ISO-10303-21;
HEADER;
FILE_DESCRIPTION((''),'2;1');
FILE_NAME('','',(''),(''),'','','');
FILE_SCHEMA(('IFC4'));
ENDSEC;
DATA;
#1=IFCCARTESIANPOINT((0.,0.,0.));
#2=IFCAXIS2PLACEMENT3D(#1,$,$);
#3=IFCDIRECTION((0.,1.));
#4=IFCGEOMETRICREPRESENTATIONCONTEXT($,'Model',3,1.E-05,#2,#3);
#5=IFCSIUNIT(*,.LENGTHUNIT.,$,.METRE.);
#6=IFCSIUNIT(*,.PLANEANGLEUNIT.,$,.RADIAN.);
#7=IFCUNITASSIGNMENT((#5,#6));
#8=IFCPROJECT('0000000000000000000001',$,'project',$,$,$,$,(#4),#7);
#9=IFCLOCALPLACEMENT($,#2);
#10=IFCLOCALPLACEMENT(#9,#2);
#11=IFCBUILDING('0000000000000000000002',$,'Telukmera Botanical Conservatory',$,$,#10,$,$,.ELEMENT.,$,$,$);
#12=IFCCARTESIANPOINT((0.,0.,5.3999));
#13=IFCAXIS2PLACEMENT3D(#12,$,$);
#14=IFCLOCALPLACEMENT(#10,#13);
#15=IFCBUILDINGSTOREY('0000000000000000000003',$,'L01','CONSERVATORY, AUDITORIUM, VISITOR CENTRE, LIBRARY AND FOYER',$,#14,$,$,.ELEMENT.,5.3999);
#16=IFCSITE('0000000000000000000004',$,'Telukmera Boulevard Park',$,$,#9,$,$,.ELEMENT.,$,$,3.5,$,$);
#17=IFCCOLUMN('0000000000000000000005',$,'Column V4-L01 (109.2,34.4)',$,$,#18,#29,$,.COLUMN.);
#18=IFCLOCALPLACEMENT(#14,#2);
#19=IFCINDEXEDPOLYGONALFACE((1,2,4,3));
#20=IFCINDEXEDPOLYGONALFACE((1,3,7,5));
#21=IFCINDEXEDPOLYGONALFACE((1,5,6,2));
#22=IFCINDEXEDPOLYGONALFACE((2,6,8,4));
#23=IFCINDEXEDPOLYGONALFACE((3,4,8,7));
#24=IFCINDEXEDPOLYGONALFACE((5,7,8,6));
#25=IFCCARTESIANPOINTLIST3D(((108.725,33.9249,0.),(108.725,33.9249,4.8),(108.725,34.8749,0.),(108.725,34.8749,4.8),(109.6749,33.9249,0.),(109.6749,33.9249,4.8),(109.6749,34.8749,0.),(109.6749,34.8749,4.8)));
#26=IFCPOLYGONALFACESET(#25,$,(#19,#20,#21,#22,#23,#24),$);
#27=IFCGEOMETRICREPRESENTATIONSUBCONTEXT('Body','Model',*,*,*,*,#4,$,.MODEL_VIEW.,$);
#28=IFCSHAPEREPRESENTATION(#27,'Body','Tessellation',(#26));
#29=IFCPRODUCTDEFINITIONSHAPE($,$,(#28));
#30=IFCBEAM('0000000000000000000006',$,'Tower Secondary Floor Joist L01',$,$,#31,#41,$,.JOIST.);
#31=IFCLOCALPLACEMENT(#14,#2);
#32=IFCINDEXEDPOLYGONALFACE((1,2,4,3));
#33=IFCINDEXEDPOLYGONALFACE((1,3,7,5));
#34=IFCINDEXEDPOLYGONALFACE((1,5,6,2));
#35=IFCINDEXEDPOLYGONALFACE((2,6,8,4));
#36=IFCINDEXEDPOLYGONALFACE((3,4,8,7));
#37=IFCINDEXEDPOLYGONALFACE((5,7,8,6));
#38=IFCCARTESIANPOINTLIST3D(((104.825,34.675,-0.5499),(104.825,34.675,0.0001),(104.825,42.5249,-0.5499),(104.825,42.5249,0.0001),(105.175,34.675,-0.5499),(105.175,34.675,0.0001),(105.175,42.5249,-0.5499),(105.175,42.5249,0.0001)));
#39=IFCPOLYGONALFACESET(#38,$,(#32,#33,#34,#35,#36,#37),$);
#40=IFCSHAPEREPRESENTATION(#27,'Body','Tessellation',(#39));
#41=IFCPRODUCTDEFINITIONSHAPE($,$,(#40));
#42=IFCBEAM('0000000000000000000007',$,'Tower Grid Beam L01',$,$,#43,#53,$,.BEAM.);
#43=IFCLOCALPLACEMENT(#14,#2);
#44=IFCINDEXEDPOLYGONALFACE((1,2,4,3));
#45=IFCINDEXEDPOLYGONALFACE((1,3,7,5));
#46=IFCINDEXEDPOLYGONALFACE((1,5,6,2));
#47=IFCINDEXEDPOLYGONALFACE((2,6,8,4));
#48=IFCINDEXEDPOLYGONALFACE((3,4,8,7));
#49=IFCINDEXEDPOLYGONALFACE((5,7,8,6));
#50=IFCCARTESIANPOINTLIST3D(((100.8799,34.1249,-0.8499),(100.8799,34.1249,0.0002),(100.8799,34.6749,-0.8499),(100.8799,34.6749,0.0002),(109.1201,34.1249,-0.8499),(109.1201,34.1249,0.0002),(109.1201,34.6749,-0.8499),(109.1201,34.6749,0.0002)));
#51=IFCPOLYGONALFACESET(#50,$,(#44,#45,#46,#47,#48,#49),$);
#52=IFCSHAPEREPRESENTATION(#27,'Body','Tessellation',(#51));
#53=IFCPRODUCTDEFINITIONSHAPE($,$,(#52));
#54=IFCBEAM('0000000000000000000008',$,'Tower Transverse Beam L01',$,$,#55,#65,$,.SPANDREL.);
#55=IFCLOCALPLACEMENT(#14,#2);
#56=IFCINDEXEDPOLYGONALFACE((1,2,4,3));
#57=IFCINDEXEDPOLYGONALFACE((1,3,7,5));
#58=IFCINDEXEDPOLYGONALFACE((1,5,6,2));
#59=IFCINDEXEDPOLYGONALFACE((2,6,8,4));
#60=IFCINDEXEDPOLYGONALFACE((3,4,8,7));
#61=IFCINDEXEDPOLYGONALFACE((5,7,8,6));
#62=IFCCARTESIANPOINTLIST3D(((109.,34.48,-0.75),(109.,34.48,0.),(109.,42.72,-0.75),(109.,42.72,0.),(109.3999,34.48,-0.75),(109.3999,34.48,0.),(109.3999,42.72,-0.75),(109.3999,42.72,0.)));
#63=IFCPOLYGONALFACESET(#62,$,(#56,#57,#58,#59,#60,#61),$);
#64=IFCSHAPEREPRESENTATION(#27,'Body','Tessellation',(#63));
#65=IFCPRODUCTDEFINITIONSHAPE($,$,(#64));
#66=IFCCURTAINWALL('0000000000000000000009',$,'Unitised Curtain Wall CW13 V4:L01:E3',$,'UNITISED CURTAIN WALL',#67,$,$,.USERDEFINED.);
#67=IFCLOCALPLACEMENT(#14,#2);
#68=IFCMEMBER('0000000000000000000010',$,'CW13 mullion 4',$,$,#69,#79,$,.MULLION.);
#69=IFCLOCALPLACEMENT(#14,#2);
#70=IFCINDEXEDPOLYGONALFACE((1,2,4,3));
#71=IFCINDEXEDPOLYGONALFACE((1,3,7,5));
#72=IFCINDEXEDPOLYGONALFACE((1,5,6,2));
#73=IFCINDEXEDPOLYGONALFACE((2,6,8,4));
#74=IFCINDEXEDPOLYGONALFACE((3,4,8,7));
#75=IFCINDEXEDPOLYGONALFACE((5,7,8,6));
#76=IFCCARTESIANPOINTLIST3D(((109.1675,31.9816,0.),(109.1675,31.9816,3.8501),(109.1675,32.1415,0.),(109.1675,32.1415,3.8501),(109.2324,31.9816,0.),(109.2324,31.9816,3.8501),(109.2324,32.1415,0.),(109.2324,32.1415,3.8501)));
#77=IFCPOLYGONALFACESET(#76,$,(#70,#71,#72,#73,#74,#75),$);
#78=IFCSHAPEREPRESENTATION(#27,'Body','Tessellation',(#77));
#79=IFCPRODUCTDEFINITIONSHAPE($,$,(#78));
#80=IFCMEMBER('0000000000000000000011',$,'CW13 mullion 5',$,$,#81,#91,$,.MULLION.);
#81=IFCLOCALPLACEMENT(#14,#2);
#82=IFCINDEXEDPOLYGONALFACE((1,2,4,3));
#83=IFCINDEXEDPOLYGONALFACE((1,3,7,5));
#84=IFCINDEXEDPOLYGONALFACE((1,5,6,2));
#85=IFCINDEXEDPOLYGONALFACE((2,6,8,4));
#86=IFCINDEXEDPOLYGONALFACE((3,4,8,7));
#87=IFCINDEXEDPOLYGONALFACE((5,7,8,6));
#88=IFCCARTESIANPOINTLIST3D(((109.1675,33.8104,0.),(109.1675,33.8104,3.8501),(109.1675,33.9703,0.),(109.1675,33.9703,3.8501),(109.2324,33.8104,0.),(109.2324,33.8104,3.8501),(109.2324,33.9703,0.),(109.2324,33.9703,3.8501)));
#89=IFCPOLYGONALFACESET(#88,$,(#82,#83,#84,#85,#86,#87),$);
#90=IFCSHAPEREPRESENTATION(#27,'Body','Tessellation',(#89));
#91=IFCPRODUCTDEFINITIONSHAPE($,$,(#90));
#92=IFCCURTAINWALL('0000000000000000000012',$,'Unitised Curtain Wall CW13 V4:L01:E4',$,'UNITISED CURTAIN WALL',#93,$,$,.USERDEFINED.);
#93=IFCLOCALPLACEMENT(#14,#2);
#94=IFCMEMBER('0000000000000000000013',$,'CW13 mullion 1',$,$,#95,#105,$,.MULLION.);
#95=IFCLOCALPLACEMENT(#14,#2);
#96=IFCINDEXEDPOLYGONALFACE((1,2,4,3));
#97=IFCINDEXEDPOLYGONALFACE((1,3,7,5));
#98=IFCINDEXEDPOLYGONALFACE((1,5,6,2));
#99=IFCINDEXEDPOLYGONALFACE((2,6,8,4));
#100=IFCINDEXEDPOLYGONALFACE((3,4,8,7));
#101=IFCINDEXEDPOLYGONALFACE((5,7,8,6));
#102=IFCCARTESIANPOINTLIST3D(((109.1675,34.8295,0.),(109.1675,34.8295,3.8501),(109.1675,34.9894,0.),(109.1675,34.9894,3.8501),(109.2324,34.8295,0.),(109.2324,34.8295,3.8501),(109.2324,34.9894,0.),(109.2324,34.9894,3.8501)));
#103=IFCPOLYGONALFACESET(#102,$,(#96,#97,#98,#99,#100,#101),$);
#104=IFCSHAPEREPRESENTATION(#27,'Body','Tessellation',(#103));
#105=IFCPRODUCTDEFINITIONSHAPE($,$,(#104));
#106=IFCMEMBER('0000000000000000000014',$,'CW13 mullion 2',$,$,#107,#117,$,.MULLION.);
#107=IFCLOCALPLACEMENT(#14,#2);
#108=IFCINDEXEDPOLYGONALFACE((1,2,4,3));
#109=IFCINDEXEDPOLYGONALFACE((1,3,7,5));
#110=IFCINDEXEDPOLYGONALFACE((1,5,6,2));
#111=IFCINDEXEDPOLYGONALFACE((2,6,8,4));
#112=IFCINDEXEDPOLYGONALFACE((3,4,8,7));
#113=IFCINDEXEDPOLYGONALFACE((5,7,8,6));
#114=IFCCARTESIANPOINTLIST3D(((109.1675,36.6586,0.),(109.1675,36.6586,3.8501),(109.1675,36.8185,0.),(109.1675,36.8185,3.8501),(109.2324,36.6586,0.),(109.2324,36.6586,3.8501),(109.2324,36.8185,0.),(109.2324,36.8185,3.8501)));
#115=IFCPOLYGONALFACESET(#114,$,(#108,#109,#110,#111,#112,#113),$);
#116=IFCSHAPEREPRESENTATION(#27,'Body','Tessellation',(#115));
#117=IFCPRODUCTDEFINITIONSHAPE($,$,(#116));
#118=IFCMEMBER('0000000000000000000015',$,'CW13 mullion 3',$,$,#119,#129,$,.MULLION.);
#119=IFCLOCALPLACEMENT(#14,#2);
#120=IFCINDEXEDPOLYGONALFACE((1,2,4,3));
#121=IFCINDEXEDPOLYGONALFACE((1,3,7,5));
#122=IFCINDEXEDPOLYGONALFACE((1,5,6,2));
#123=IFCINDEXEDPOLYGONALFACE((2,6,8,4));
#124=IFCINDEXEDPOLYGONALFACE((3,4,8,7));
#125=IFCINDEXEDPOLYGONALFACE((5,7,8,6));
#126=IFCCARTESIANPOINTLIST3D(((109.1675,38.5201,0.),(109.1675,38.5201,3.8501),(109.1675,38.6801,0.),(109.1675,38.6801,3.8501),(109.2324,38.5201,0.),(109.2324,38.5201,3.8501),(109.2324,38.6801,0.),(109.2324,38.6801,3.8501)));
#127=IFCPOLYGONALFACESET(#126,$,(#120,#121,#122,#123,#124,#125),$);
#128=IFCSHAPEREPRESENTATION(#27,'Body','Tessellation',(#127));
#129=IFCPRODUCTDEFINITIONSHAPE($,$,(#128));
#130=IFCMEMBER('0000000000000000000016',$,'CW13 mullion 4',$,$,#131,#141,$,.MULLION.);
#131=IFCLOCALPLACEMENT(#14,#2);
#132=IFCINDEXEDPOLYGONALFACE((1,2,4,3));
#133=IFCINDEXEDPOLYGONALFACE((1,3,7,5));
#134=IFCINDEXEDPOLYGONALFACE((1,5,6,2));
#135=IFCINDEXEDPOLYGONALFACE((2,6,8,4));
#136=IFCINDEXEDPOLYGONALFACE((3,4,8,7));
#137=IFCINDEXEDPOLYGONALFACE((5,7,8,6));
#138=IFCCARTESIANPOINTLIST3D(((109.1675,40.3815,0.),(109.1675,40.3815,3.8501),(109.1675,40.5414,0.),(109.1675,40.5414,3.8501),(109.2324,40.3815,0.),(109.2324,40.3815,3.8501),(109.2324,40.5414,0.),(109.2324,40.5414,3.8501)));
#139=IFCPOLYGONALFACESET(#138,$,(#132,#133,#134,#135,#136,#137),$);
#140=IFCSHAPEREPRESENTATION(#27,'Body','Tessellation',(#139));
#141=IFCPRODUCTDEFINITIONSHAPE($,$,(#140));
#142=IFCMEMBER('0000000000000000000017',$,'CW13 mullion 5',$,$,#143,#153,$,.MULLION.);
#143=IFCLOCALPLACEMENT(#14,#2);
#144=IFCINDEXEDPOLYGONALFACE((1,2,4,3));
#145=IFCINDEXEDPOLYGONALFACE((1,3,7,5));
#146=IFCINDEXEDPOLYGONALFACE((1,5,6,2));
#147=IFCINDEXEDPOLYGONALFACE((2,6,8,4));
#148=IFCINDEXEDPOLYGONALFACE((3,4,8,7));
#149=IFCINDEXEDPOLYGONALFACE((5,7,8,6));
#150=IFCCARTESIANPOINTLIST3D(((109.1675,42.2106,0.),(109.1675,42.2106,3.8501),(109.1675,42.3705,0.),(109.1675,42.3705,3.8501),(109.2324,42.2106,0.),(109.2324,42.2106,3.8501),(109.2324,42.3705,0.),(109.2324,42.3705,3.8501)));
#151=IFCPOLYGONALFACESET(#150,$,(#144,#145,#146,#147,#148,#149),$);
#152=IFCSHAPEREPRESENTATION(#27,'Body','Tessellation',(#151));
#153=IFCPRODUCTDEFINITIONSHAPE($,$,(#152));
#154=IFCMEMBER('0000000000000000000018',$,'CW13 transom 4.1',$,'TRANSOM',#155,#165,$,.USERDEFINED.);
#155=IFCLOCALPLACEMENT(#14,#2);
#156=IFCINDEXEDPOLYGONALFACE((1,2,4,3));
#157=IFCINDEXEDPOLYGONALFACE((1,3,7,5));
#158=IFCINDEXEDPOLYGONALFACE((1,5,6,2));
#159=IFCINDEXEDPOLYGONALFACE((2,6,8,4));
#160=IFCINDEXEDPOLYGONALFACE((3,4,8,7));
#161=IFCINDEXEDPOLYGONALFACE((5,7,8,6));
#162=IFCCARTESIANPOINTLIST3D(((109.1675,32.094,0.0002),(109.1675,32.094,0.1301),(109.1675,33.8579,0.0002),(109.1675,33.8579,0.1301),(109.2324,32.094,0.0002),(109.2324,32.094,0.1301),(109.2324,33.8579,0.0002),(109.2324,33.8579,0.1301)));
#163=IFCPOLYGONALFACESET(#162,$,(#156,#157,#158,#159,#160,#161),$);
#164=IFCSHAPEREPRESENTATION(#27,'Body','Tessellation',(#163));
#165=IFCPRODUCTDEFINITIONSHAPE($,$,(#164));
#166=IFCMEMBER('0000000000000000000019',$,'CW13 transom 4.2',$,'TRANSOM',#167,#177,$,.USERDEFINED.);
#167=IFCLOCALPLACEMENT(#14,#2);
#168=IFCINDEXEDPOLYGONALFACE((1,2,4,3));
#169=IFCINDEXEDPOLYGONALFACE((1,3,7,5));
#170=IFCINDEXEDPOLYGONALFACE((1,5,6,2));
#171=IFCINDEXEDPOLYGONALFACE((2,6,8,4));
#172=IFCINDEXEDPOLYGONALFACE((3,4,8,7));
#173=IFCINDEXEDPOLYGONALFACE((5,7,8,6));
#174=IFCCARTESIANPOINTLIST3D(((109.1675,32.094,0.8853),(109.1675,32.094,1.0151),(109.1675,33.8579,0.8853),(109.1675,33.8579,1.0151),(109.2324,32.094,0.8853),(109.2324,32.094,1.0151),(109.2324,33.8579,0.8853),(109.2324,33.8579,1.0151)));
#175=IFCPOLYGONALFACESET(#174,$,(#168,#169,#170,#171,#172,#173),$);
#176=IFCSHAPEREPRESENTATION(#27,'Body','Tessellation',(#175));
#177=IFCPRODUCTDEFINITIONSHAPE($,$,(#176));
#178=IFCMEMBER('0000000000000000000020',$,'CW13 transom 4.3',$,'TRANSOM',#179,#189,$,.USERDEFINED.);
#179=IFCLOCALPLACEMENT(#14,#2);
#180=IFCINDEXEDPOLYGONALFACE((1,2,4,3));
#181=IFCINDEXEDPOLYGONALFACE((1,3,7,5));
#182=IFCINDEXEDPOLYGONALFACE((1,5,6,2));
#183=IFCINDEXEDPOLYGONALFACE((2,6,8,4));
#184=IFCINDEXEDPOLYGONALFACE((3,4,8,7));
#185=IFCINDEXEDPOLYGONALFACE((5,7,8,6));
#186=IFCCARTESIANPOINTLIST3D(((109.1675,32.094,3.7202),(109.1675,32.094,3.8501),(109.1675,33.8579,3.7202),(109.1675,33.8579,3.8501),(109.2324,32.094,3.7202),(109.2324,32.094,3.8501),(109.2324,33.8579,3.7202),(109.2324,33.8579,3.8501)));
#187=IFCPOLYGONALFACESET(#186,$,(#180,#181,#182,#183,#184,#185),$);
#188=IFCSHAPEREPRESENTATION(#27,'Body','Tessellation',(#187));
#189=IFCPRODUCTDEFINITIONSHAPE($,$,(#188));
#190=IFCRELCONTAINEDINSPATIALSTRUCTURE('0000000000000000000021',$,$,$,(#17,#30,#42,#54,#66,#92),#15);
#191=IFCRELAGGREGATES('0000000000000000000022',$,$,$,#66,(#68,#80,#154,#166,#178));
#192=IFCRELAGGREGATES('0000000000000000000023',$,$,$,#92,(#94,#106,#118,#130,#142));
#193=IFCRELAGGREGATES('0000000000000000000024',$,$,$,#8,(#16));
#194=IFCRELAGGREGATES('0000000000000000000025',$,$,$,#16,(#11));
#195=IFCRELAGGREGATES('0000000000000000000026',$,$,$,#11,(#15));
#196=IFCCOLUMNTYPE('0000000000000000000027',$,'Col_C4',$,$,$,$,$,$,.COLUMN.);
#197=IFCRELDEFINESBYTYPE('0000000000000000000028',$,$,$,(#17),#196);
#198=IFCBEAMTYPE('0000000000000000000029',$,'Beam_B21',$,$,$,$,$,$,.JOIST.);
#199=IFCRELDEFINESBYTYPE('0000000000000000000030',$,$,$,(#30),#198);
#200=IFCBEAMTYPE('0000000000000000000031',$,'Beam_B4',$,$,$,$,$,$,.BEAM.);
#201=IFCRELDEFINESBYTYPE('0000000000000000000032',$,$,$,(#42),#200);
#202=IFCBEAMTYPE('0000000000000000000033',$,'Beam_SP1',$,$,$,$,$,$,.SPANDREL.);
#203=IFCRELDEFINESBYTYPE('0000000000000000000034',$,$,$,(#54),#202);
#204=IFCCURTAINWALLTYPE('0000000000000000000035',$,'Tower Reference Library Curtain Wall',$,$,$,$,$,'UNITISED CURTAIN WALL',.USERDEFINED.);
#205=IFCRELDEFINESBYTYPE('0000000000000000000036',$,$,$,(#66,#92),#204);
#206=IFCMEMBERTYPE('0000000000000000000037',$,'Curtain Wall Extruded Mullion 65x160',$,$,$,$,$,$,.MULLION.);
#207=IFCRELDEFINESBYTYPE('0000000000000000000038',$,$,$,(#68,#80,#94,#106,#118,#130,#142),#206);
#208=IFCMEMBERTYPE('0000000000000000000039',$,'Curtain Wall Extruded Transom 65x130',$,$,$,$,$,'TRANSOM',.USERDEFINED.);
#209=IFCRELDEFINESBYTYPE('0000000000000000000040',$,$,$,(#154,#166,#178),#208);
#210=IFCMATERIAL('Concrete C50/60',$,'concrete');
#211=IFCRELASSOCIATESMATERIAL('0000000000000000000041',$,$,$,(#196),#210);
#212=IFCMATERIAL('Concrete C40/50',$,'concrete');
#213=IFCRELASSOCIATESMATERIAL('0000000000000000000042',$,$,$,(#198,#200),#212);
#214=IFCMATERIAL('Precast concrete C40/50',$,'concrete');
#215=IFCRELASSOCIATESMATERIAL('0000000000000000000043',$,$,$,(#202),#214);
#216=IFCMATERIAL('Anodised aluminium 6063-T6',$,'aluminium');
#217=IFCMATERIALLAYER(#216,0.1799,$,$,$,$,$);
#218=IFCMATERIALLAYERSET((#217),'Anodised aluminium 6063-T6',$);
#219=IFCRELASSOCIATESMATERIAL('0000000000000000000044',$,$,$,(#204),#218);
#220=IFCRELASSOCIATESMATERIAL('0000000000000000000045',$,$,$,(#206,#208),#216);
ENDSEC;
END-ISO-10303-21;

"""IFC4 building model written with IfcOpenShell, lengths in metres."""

from ifc_helpers import new_model, si_unit, direction, frame, origin, origin_2d, place, context, subcontext, project, spatial, rectangle, extrude, material, layer, layer_set, material_profile, profile_set, type_object, element, aggregate, save


model = new_model("IFC4")

# Units and contexts
model_context = context("Model", 3, precision=1e-05, world=origin(), true_north=direction((0.0, 1.0)))
body_context = subcontext(model_context, "Body", "Model", "MODEL_VIEW")
ifc_project = project(units=[si_unit("LENGTHUNIT", "METRE"), si_unit("PLANEANGLEUNIT", "RADIAN")], contexts=[model_context])

# Site, building, storey
site_placement = place(None, origin())
site = spatial("IfcSite", under=ifc_project, at=site_placement, Name="Telukmera Boulevard Park", CompositionType="ELEMENT", RefElevation=3.5)
building_placement = place(site_placement, origin())
building = spatial("IfcBuilding", under=site, at=building_placement, Name="Telukmera Botanical Conservatory", CompositionType="ELEMENT")
storey_placement = place(building_placement, frame((0.0, 0.0, 5.3999)))
storey = spatial("IfcBuildingStorey", under=building, at=storey_placement, Name="L01", Description="CONSERVATORY, AUDITORIUM, VISITOR CENTRE, LIBRARY AND FOYER", CompositionType="ELEMENT", Elevation=5.3999)

# Column
ifc_material_1 = material(Name="Concrete C50/60", Category="concrete")
ifc_material_profile_1 = material_profile(ifc_material_1, rectangle(XDim=0.95, YDim=0.95, at=origin_2d()), Name="RC 950x950")
ifc_profile_set_1 = profile_set([ifc_material_profile_1], Name="Concrete C50/60")
column_type = type_object("IfcColumnType", Name="Col_C4", PredefinedType="COLUMN", material=ifc_profile_set_1)
column_placement = place(storey_placement, frame((109.2, 34.3999, 0.0), z_axis=(0.0, 0.0, 1.0), x_axis=(1.0, 0.0, 0.0)))
element("IfcColumn", 1, at=column_placement, inside=storey, type_object=column_type, Name="Column V4-L01 (109.2,34.4)", PredefinedType="COLUMN", context=body_context, shape_type="SweptSolid", body=[
    extrude(rectangle(XDim=0.95, YDim=0.95, at=origin_2d()), origin(), (0.0, 0.0, 1.0), 4.8),
])

# Beams
ifc_material_2 = material(Name="Concrete C40/50", Category="concrete")
ifc_material_profile_2 = material_profile(ifc_material_2, rectangle(XDim=0.3501, YDim=0.55, at=origin_2d()), Name="RC 350x550")
ifc_profile_set_2 = profile_set([ifc_material_profile_2], Name="Concrete C40/50")
beam_type_1 = type_object("IfcBeamType", Name="Beam_B21", PredefinedType="JOIST", material=ifc_profile_set_2)
beam_1_placement = place(storey_placement, frame((105.0, 34.675, -0.2749), z_axis=(0.0, 1.0, 0.0), x_axis=(-1.0, 0.0, 0.0)))
element("IfcBeam", 2, at=beam_1_placement, inside=storey, type_object=beam_type_1, Name="Tower Secondary Floor Joist L01", PredefinedType="JOIST", context=body_context, shape_type="SweptSolid", body=[
    extrude(rectangle(XDim=0.3501, YDim=0.55, at=origin_2d()), origin(), (0.0, 0.0, 1.0), 7.8499),
])
ifc_material_profile_3 = material_profile(ifc_material_2, rectangle(XDim=0.55, YDim=0.8501, at=origin_2d()), Name="RC 550x850")
ifc_profile_set_3 = profile_set([ifc_material_profile_3], Name="Concrete C40/50")
beam_type_2 = type_object("IfcBeamType", Name="Beam_B4", PredefinedType="BEAM", material=ifc_profile_set_3)
beam_2_placement = place(storey_placement, frame((100.8799, 34.3999, -0.4248), z_axis=(1.0, 0.0, 0.0), x_axis=(0.0, 1.0, 0.0)))
element("IfcBeam", 3, at=beam_2_placement, inside=storey, type_object=beam_type_2, Name="Tower Grid Beam L01", PredefinedType="BEAM", context=body_context, shape_type="SweptSolid", body=[
    extrude(rectangle(XDim=0.55, YDim=0.8501, at=origin_2d()), origin(), (0.0, 0.0, 1.0), 8.2402),
])
ifc_material_3 = material(Name="Precast concrete C40/50", Category="concrete")
ifc_material_profile_4 = material_profile(ifc_material_3, rectangle(XDim=0.3999, YDim=0.75, at=origin_2d()), Name="PC 400x750")
ifc_profile_set_4 = profile_set([ifc_material_profile_4], Name="Precast concrete C40/50")
beam_type_3 = type_object("IfcBeamType", Name="Beam_SP1", PredefinedType="SPANDREL", material=ifc_profile_set_4)
beam_3_placement = place(storey_placement, frame((109.2, 34.48, -0.375), z_axis=(0.0, 1.0, 0.0), x_axis=(-1.0, 0.0, 0.0)))
element("IfcBeam", 4, at=beam_3_placement, inside=storey, type_object=beam_type_3, Name="Tower Transverse Beam L01", PredefinedType="SPANDREL", context=body_context, shape_type="SweptSolid", body=[
    extrude(rectangle(XDim=0.3999, YDim=0.75, at=origin_2d()), origin(), (0.0, 0.0, 1.0), 8.24),
])

# Curtain walls, members
ifc_material_4 = material(Name="Anodised aluminium 6063-T6", Category="aluminium")
ifc_layer_1 = layer(ifc_material_4, 0.1799)
ifc_layer_set_1 = layer_set([ifc_layer_1], Name="Anodised aluminium 6063-T6")
curtain_wall_type = type_object("IfcCurtainWallType", Name="Tower Reference Library Curtain Wall", ElementType="UNITISED CURTAIN WALL", PredefinedType="USERDEFINED", material=ifc_layer_set_1)
curtain_wall_1_placement = place(storey_placement, origin())
curtain_wall_1 = element("IfcCurtainWall", 5, at=curtain_wall_1_placement, inside=storey, type_object=curtain_wall_type, Name="Unitised Curtain Wall CW13 V4:L01:E3", ObjectType="UNITISED CURTAIN WALL", PredefinedType="USERDEFINED")
ifc_material_profile_5 = material_profile(ifc_material_4, rectangle(XDim=0.0649, YDim=0.1599, at=origin_2d()), Name="ALU MULL 65x160")
ifc_profile_set_5 = profile_set([ifc_material_profile_5], Name="Anodised aluminium 6063-T6")
member_type_1 = type_object("IfcMemberType", Name="Curtain Wall Extruded Mullion 65x160", PredefinedType="MULLION", material=ifc_profile_set_5)
member_1_placement = place(storey_placement, frame((109.2, 32.0615, 0.0), z_axis=(0.0, 0.0, 1.0), x_axis=(-1.0, 0.0, 0.0)))
member_1 = element("IfcMember", 6, at=member_1_placement, type_object=member_type_1, Name="CW13 mullion 4", PredefinedType="MULLION", context=body_context, shape_type="SweptSolid", body=[
    extrude(rectangle(XDim=0.0649, YDim=0.1599, at=origin_2d()), origin(), (0.0, 0.0, 1.0), 3.8501),
])
member_2_placement = place(storey_placement, frame((109.2, 33.8904, 0.0), z_axis=(0.0, 0.0, 1.0), x_axis=(-1.0, 0.0, 0.0)))
member_2 = element("IfcMember", 7, at=member_2_placement, type_object=member_type_1, Name="CW13 mullion 5", PredefinedType="MULLION", context=body_context, shape_type="SweptSolid", body=[
    extrude(rectangle(XDim=0.0649, YDim=0.1599, at=origin_2d()), origin(), (0.0, 0.0, 1.0), 3.8501),
])
curtain_wall_2_placement = place(storey_placement, origin())
curtain_wall_2 = element("IfcCurtainWall", 8, at=curtain_wall_2_placement, inside=storey, type_object=curtain_wall_type, Name="Unitised Curtain Wall CW13 V4:L01:E4", ObjectType="UNITISED CURTAIN WALL", PredefinedType="USERDEFINED")
member_3_placement = place(storey_placement, frame((109.2, 34.9094, 0.0), z_axis=(0.0, 0.0, 1.0), x_axis=(-1.0, 0.0, 0.0)))
member_3 = element("IfcMember", 9, at=member_3_placement, type_object=member_type_1, Name="CW13 mullion 1", PredefinedType="MULLION", context=body_context, shape_type="SweptSolid", body=[
    extrude(rectangle(XDim=0.0649, YDim=0.1599, at=origin_2d()), origin(), (0.0, 0.0, 1.0), 3.8501),
])
member_4_placement = place(storey_placement, frame((109.2, 36.7385, 0.0), z_axis=(0.0, 0.0, 1.0), x_axis=(-1.0, 0.0, 0.0)))
member_4 = element("IfcMember", 10, at=member_4_placement, type_object=member_type_1, Name="CW13 mullion 2", PredefinedType="MULLION", context=body_context, shape_type="SweptSolid", body=[
    extrude(rectangle(XDim=0.0649, YDim=0.1599, at=origin_2d()), origin(), (0.0, 0.0, 1.0), 3.8501),
])
member_5_placement = place(storey_placement, frame((109.2, 38.6001, 0.0), z_axis=(0.0, 0.0, 1.0), x_axis=(-1.0, 0.0, 0.0)))
member_5 = element("IfcMember", 11, at=member_5_placement, type_object=member_type_1, Name="CW13 mullion 3", PredefinedType="MULLION", context=body_context, shape_type="SweptSolid", body=[
    extrude(rectangle(XDim=0.0649, YDim=0.1599, at=origin_2d()), origin(), (0.0, 0.0, 1.0), 3.8501),
])
member_6_placement = place(storey_placement, frame((109.2, 40.4614, 0.0), z_axis=(0.0, 0.0, 1.0), x_axis=(-1.0, 0.0, 0.0)))
member_6 = element("IfcMember", 12, at=member_6_placement, type_object=member_type_1, Name="CW13 mullion 4", PredefinedType="MULLION", context=body_context, shape_type="SweptSolid", body=[
    extrude(rectangle(XDim=0.0649, YDim=0.1599, at=origin_2d()), origin(), (0.0, 0.0, 1.0), 3.8501),
])
member_7_placement = place(storey_placement, frame((109.2, 42.2905, 0.0), z_axis=(0.0, 0.0, 1.0), x_axis=(-1.0, 0.0, 0.0)))
member_7 = element("IfcMember", 13, at=member_7_placement, type_object=member_type_1, Name="CW13 mullion 5", PredefinedType="MULLION", context=body_context, shape_type="SweptSolid", body=[
    extrude(rectangle(XDim=0.0649, YDim=0.1599, at=origin_2d()), origin(), (0.0, 0.0, 1.0), 3.8501),
])

# Members
ifc_material_profile_6 = material_profile(ifc_material_4, rectangle(XDim=0.0649, YDim=0.1299, at=origin_2d()), Name="ALU TRAN 65x130")
ifc_profile_set_6 = profile_set([ifc_material_profile_6], Name="Anodised aluminium 6063-T6")
member_type_2 = type_object("IfcMemberType", Name="Curtain Wall Extruded Transom 65x130", ElementType="TRANSOM", PredefinedType="USERDEFINED", material=ifc_profile_set_6)
member_8_placement = place(storey_placement, frame((109.2, 32.094, 0.0652), z_axis=(0.0, 1.0, 0.0), x_axis=(-1.0, 0.0, 0.0)))
member_8 = element("IfcMember", 14, at=member_8_placement, type_object=member_type_2, Name="CW13 transom 4.1", ObjectType="TRANSOM", PredefinedType="USERDEFINED", context=body_context, shape_type="SweptSolid", body=[
    extrude(rectangle(XDim=0.0649, YDim=0.1299, at=origin_2d()), origin(), (0.0, 0.0, 1.0), 1.7639),
])
member_9_placement = place(storey_placement, frame((109.2, 32.094, 0.9502), z_axis=(0.0, 1.0, 0.0), x_axis=(-1.0, 0.0, 0.0)))
member_9 = element("IfcMember", 15, at=member_9_placement, type_object=member_type_2, Name="CW13 transom 4.2", ObjectType="TRANSOM", PredefinedType="USERDEFINED", context=body_context, shape_type="SweptSolid", body=[
    extrude(rectangle(XDim=0.0649, YDim=0.1299, at=origin_2d()), origin(), (0.0, 0.0, 1.0), 1.7639),
])
member_10_placement = place(storey_placement, frame((109.2, 32.094, 3.7852), z_axis=(0.0, 1.0, 0.0), x_axis=(-1.0, 0.0, 0.0)))
member_10 = element("IfcMember", 16, at=member_10_placement, type_object=member_type_2, Name="CW13 transom 4.3", ObjectType="TRANSOM", PredefinedType="USERDEFINED", context=body_context, shape_type="SweptSolid", body=[
    extrude(rectangle(XDim=0.0649, YDim=0.1299, at=origin_2d()), origin(), (0.0, 0.0, 1.0), 1.7639),
])

aggregate(curtain_wall_1, [member_1, member_2, member_8, member_9, member_10])
aggregate(curtain_wall_2, [member_3, member_4, member_5, member_6, member_7])

save(model, "model.ifc")
